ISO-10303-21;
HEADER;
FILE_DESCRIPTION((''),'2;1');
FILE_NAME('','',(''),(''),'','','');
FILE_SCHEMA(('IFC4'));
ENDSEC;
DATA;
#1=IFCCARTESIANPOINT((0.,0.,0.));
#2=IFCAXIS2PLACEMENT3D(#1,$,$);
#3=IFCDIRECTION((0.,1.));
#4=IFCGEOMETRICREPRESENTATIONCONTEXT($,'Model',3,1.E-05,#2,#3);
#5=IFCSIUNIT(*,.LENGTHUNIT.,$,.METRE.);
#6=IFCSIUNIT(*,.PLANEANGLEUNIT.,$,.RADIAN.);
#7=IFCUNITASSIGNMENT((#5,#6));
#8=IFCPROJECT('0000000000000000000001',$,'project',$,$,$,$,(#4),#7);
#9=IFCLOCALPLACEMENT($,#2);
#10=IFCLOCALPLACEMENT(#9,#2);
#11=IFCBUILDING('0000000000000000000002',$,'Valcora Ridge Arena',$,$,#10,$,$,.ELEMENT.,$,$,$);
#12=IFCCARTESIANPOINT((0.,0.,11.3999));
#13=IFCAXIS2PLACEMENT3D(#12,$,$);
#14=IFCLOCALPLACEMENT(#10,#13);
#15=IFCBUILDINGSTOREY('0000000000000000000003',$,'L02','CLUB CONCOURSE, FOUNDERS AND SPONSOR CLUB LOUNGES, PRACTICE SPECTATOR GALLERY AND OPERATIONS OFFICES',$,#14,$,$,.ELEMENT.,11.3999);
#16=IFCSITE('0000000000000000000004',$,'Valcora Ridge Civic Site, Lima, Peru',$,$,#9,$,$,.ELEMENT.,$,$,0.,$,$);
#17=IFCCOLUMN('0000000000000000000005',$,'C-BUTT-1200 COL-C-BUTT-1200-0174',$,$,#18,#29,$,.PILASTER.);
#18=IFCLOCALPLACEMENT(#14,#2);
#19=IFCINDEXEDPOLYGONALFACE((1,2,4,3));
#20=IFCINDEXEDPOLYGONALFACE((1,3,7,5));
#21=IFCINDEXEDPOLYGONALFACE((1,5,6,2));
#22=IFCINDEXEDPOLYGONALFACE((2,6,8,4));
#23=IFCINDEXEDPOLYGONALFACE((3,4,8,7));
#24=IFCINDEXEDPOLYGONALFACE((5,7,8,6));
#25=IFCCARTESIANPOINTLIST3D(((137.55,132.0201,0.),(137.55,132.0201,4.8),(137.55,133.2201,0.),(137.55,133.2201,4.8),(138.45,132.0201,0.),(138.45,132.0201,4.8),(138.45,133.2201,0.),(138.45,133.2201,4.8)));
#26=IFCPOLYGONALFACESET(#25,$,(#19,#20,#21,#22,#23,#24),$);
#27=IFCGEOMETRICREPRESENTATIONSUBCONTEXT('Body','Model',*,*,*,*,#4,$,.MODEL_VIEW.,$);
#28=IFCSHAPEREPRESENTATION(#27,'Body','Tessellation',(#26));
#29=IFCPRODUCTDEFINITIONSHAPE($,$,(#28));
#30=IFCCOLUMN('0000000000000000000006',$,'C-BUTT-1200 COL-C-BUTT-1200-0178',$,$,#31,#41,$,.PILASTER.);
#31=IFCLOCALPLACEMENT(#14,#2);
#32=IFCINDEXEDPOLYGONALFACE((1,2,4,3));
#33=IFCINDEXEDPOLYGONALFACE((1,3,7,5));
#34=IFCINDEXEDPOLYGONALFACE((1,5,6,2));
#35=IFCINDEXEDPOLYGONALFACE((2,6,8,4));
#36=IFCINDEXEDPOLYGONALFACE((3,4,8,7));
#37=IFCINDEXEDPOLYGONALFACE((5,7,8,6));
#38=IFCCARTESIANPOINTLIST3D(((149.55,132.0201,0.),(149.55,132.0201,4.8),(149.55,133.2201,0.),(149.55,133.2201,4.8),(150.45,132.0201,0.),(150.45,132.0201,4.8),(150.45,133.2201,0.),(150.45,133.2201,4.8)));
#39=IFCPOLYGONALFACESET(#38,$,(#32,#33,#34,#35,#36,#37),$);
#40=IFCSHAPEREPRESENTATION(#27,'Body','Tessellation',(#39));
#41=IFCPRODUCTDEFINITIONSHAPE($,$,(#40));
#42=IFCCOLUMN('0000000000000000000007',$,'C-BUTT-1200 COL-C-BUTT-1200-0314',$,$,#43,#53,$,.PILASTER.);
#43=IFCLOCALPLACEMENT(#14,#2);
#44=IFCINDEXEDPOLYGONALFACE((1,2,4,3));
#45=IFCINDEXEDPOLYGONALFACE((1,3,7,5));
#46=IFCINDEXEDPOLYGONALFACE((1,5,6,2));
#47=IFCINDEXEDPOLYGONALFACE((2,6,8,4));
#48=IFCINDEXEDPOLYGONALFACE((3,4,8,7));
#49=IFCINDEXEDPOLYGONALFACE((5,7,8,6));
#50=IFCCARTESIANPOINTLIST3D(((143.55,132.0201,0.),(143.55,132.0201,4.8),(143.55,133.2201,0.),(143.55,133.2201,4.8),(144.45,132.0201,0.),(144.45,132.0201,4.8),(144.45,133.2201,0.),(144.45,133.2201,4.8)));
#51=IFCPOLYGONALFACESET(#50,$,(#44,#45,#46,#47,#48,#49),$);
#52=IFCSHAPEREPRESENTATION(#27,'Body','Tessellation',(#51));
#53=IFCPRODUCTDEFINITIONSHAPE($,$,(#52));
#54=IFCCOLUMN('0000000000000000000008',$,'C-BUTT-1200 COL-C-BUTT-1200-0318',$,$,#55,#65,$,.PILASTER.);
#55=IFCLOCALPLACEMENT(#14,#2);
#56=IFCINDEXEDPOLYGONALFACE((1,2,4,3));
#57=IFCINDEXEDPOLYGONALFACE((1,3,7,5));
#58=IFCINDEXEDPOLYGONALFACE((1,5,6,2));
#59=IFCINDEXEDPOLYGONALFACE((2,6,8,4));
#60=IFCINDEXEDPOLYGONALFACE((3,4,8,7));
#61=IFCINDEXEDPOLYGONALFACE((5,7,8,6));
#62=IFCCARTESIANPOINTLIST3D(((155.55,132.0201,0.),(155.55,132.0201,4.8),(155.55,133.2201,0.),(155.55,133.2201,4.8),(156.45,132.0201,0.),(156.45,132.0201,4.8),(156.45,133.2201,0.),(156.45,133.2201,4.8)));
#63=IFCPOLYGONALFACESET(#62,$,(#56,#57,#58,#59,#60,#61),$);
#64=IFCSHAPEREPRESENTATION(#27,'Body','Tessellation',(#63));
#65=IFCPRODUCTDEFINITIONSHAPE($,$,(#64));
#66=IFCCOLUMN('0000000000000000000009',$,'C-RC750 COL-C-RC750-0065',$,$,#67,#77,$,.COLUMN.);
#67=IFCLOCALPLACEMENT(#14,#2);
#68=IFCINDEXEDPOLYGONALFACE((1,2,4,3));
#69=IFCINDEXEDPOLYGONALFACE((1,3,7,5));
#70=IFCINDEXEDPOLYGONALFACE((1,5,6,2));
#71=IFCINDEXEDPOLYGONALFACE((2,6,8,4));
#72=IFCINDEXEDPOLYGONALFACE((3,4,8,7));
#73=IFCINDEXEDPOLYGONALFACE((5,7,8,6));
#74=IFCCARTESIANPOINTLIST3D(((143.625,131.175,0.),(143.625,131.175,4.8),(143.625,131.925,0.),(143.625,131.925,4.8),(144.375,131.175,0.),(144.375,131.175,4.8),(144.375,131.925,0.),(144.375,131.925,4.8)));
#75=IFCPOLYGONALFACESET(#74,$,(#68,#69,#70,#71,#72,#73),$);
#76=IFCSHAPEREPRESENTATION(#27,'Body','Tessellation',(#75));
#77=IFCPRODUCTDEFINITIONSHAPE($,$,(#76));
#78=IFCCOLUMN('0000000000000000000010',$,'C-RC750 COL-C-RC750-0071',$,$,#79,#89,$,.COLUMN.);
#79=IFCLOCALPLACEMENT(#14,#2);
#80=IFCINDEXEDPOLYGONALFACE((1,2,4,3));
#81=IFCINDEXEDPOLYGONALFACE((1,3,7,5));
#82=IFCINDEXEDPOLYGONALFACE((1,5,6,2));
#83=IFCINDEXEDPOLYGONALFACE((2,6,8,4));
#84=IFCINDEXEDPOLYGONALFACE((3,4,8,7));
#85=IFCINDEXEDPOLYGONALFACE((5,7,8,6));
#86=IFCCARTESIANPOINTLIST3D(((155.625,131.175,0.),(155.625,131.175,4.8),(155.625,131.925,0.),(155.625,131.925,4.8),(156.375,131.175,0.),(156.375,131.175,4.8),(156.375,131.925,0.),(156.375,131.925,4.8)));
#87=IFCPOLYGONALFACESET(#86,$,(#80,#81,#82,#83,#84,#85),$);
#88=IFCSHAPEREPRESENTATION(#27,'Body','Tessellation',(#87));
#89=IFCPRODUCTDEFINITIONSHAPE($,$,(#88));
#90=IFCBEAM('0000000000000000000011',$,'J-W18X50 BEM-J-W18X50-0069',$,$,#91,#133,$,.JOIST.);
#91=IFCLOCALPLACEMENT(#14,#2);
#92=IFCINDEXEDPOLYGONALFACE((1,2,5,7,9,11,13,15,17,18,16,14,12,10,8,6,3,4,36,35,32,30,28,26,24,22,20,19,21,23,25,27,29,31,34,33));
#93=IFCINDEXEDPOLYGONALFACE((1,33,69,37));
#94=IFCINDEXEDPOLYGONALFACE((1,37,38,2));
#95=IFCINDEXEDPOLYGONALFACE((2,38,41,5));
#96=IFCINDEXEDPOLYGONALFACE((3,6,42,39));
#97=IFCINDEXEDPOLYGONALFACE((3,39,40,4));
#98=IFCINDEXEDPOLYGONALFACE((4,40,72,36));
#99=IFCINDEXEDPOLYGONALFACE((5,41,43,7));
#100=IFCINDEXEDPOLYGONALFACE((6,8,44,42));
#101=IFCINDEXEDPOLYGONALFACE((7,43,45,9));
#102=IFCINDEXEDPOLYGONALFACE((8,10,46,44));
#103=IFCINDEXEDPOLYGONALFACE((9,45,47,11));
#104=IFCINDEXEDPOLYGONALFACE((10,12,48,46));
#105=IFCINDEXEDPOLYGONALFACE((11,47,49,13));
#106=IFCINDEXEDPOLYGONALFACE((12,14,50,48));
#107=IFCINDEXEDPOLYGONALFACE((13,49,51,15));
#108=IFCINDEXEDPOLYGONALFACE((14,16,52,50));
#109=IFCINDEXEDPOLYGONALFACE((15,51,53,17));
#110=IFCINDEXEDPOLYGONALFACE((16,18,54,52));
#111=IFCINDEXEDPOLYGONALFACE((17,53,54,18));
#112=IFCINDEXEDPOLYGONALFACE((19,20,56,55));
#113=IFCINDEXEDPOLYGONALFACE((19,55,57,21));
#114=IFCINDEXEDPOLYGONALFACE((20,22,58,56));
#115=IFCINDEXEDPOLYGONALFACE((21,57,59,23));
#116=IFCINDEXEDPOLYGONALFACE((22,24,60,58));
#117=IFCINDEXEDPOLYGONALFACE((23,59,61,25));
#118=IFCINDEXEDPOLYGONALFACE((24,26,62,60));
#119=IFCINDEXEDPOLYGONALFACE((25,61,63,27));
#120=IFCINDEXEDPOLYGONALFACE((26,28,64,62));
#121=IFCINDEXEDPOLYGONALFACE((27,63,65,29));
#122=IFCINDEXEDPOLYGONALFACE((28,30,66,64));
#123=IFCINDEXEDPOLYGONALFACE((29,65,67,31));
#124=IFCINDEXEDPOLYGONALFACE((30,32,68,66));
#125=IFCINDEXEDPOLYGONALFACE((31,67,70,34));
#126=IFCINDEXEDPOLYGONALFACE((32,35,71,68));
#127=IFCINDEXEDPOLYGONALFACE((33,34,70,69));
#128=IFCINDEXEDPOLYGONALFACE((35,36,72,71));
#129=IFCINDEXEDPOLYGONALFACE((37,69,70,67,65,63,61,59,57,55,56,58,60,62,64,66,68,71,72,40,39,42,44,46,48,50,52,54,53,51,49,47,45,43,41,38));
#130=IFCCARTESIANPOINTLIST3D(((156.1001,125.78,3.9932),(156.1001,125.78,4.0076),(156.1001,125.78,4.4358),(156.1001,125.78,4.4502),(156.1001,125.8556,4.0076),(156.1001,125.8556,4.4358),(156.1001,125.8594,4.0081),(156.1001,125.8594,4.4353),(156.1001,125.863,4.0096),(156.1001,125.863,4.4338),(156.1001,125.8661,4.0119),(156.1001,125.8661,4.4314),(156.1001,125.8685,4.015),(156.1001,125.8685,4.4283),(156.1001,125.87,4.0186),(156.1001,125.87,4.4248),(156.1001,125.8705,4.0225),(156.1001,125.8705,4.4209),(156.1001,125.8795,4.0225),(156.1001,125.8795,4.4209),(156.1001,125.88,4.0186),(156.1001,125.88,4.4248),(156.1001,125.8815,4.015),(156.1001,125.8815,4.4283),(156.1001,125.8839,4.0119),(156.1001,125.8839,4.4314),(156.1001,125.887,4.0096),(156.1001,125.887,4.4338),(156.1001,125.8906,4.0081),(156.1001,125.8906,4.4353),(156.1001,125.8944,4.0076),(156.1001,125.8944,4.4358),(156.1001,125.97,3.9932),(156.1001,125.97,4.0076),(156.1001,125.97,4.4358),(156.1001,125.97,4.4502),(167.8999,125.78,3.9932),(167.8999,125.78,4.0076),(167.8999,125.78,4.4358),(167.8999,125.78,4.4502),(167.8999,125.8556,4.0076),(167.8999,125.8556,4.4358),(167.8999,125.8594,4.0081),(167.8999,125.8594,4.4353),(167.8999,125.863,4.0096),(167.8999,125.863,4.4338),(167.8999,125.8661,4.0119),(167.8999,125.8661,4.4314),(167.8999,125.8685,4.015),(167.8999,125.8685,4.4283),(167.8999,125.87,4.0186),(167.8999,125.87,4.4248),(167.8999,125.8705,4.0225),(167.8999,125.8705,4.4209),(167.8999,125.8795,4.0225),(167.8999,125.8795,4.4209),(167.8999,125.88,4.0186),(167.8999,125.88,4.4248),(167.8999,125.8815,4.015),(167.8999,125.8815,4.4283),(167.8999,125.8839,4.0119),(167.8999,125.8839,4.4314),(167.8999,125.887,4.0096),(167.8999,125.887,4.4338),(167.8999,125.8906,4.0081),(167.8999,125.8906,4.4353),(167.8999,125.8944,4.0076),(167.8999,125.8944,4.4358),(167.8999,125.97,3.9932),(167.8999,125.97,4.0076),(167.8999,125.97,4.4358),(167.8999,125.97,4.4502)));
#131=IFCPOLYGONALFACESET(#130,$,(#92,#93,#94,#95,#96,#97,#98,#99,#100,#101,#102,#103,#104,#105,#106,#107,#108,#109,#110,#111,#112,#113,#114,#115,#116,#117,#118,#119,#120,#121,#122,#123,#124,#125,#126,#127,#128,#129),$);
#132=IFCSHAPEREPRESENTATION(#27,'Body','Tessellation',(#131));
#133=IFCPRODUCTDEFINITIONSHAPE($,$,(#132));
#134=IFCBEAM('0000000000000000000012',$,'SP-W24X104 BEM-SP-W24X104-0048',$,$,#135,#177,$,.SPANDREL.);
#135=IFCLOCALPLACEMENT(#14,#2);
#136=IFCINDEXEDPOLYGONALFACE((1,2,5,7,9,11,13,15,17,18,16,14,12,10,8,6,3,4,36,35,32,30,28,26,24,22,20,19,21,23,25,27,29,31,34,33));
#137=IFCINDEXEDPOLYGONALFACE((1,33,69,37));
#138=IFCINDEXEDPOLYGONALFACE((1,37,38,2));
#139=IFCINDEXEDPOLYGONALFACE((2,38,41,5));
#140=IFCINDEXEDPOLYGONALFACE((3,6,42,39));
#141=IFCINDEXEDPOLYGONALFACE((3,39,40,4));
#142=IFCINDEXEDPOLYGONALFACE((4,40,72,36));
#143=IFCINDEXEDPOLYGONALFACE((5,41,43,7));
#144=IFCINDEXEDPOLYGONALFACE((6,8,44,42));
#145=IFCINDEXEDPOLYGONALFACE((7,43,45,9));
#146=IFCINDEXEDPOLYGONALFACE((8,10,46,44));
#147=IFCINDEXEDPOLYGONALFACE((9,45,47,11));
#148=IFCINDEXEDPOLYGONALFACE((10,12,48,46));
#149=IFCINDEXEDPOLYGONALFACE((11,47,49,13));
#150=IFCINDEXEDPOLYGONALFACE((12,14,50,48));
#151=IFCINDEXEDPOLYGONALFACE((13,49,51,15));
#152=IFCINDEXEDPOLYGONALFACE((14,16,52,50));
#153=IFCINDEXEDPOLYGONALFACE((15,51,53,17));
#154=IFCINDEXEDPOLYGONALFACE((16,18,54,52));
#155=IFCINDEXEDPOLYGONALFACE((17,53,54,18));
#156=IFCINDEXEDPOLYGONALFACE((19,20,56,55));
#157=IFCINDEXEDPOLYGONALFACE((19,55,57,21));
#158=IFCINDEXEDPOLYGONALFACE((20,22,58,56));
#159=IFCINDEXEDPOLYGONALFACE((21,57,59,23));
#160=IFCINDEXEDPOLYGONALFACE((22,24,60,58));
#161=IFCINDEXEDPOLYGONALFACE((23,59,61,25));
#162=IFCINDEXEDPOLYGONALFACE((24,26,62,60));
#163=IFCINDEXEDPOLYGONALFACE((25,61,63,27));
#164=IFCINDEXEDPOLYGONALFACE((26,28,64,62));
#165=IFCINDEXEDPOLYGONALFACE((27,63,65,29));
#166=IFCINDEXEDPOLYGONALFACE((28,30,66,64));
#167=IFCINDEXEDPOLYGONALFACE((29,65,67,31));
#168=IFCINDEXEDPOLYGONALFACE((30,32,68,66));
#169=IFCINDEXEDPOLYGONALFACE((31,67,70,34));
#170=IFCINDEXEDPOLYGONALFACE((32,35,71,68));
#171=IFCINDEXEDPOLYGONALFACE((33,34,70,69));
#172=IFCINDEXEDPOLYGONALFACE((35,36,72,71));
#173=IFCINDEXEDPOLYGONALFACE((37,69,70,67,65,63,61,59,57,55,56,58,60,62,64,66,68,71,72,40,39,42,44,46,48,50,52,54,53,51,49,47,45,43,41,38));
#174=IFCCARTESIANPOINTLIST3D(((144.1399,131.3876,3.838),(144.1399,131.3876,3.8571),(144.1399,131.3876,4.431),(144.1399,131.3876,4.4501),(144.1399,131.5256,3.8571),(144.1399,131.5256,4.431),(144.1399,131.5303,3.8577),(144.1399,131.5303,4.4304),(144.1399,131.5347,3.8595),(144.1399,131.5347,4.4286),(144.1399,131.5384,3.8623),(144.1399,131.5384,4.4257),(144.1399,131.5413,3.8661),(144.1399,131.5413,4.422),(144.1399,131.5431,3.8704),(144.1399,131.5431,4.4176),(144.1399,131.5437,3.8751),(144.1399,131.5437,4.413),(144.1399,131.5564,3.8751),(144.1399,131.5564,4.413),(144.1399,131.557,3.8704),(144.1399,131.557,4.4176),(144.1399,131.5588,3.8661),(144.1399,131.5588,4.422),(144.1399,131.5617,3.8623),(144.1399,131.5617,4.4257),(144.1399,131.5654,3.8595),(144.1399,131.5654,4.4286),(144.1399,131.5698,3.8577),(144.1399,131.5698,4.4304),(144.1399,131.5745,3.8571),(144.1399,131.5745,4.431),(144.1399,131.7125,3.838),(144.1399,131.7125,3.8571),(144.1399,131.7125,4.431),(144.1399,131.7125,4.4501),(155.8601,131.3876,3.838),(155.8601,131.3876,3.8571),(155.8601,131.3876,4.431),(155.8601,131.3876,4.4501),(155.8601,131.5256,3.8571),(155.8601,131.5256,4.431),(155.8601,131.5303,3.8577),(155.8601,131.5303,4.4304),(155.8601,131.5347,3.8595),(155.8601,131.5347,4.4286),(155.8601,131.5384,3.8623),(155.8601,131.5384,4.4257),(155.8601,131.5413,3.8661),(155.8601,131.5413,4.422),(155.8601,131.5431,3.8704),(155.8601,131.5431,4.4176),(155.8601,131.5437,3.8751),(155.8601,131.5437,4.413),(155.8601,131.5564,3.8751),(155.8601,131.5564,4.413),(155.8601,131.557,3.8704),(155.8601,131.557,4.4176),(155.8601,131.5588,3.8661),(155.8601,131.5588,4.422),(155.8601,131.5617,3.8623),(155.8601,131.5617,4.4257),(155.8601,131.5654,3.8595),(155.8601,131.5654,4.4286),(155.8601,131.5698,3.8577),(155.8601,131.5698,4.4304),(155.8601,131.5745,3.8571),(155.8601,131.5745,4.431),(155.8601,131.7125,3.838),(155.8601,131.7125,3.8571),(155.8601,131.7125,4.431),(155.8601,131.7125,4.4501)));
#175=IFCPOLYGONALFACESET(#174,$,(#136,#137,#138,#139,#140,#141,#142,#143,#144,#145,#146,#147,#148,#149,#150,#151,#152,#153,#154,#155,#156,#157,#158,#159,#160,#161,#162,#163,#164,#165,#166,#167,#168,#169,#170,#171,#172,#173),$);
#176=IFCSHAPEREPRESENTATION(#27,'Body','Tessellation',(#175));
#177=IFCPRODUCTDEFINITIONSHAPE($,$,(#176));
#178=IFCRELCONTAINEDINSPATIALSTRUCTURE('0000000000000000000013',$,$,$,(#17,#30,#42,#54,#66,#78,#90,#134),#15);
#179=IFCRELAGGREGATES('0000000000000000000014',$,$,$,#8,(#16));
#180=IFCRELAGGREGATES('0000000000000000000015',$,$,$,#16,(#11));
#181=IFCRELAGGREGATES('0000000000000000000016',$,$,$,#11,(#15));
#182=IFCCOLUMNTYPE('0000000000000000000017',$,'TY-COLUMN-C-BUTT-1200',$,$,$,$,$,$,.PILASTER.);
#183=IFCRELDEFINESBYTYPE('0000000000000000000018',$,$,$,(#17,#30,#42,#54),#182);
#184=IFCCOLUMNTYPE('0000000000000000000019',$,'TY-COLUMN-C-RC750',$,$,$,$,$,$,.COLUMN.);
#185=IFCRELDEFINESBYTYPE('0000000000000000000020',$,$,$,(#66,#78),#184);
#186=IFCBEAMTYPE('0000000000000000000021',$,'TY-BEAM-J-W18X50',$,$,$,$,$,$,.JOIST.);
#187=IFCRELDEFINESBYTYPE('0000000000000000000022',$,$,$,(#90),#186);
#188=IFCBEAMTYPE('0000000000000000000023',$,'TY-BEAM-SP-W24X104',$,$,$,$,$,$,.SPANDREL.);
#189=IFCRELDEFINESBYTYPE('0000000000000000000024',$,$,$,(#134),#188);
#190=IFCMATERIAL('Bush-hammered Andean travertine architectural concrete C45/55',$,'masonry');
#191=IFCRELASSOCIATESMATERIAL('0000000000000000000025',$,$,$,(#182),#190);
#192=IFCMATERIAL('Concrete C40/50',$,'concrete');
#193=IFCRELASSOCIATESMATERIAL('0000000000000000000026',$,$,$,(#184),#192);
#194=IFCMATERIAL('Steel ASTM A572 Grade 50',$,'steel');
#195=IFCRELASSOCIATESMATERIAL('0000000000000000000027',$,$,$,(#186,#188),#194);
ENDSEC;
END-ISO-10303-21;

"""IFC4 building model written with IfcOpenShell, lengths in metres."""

from ifc_helpers import new_model, si_unit, direction, frame, origin, origin_2d, place, context, subcontext, project, spatial, rectangle, i_section, extrude, material, material_profile, profile_set, type_object, element, save


model = new_model("IFC4")

# Units and contexts
model_context = context("Model", 3, precision=1e-05, world=origin(), true_north=direction((0.0, 1.0)))
body_context = subcontext(model_context, "Body", "Model", "MODEL_VIEW")
ifc_project = project(units=[si_unit("LENGTHUNIT", "METRE"), si_unit("PLANEANGLEUNIT", "RADIAN")], contexts=[model_context])

# Site, building, storey
site_placement = place(None, origin())
site = spatial("IfcSite", under=ifc_project, at=site_placement, Name="Valcora Ridge Civic Site, Lima, Peru", CompositionType="ELEMENT", RefElevation=0.0)
building_placement = place(site_placement, origin())
building = spatial("IfcBuilding", under=site, at=building_placement, Name="Valcora Ridge Arena", CompositionType="ELEMENT")
storey_placement = place(building_placement, frame((0.0, 0.0, 11.3999)))
storey = spatial("IfcBuildingStorey", under=building, at=storey_placement, Name="L02", Description="CLUB CONCOURSE, FOUNDERS AND SPONSOR CLUB LOUNGES, PRACTICE SPECTATOR GALLERY AND OPERATIONS OFFICES", CompositionType="ELEMENT", Elevation=11.3999)

# Columns
ifc_material_1 = material(Name="Bush-hammered Andean travertine architectural concrete C45/55", Category="masonry")
ifc_material_profile_1 = material_profile(ifc_material_1, rectangle(XDim=0.8999, YDim=1.2, at=origin_2d()), Name="RC 900x1200")
ifc_profile_set_1 = profile_set([ifc_material_profile_1], Name="Bush-hammered Andean travertine architectural concrete C45/55")
column_type_1 = type_object("IfcColumnType", Name="TY-COLUMN-C-BUTT-1200", PredefinedType="PILASTER", material=ifc_profile_set_1)
for number, where, z_axis, x_axis, name in (
    (1, (138.0, 132.6201, 0.0), (0.0, 0.0, 1.0), (1.0, 0.0, 0.0), "C-BUTT-1200 COL-C-BUTT-1200-0174"),
    (2, (150.0, 132.6201, 0.0), (0.0, 0.0, 1.0), (1.0, 0.0, 0.0), "C-BUTT-1200 COL-C-BUTT-1200-0178"),
    (3, (144.0, 132.6201, 0.0), (0.0, 0.0, 1.0), (1.0, 0.0, 0.0), "C-BUTT-1200 COL-C-BUTT-1200-0314"),
    (4, (156.0, 132.6201, 0.0), (0.0, 0.0, 1.0), (1.0, 0.0, 0.0), "C-BUTT-1200 COL-C-BUTT-1200-0318"),
):
    element("IfcColumn", number, at=place(storey_placement, frame(where, z_axis=z_axis, x_axis=x_axis)), inside=storey, type_object=column_type_1, Name=name, PredefinedType="PILASTER", context=body_context, shape_type="SweptSolid", body=[
        extrude(rectangle(XDim=0.8999, YDim=1.2, at=origin_2d()), origin(), (0.0, 0.0, 1.0), 4.8),
    ])
ifc_material_2 = material(Name="Concrete C40/50", Category="concrete")
ifc_material_profile_2 = material_profile(ifc_material_2, rectangle(XDim=0.75, YDim=0.75, at=origin_2d()), Name="RC 750x750")
ifc_profile_set_2 = profile_set([ifc_material_profile_2], Name="Concrete C40/50")
column_type_2 = type_object("IfcColumnType", Name="TY-COLUMN-C-RC750", PredefinedType="COLUMN", material=ifc_profile_set_2)
for number, where, z_axis, x_axis, name in (
    (5, (144.0, 131.55, 0.0), (0.0, 0.0, 1.0), (1.0, 0.0, 0.0), "C-RC750 COL-C-RC750-0065"),
    (6, (156.0, 131.55, 0.0), (0.0, 0.0, 1.0), (1.0, 0.0, 0.0), "C-RC750 COL-C-RC750-0071"),
):
    element("IfcColumn", number, at=place(storey_placement, frame(where, z_axis=z_axis, x_axis=x_axis)), inside=storey, type_object=column_type_2, Name=name, PredefinedType="COLUMN", context=body_context, shape_type="SweptSolid", body=[
        extrude(rectangle(XDim=0.75, YDim=0.75, at=origin_2d()), origin(), (0.0, 0.0, 1.0), 4.8),
    ])

# Beams
ifc_material_3 = material(Name="Steel ASTM A572 Grade 50", Category="steel")
ifc_material_profile_3 = material_profile(ifc_material_3, i_section(OverallWidth=0.1899, OverallDepth=0.457, WebThickness=0.009, FlangeThickness=0.0144, FilletRadius=0.0149, at=origin_2d()), Name="W18X50")
ifc_profile_set_3 = profile_set([ifc_material_profile_3], Name="Steel ASTM A572 Grade 50")
beam_type_1 = type_object("IfcBeamType", Name="TY-BEAM-J-W18X50", PredefinedType="JOIST", material=ifc_profile_set_3)
beam_placement = place(storey_placement, frame((156.1001, 125.875, 4.2217), z_axis=(1.0, 0.0, 0.0), x_axis=(0.0, 1.0, 0.0)))
element("IfcBeam", 7, at=beam_placement, inside=storey, type_object=beam_type_1, Name="J-W18X50 BEM-J-W18X50-0069", PredefinedType="JOIST", context=body_context, shape_type="SweptSolid", body=[
    extrude(i_section(OverallWidth=0.1899, OverallDepth=0.457, WebThickness=0.009, FlangeThickness=0.0144, FilletRadius=0.0149, at=origin_2d()), origin(), (0.0, 0.0, 1.0), 11.7998),
])
ifc_material_profile_4 = material_profile(ifc_material_3, i_section(OverallWidth=0.325, OverallDepth=0.6121, WebThickness=0.0127, FlangeThickness=0.019, FilletRadius=0.0181, at=origin_2d()), Name="W24X104")
ifc_profile_set_4 = profile_set([ifc_material_profile_4], Name="Steel ASTM A572 Grade 50")
beam_type_2 = type_object("IfcBeamType", Name="TY-BEAM-SP-W24X104", PredefinedType="SPANDREL", material=ifc_profile_set_4)
for number, where, z_axis, x_axis, name in (
    (8, (144.1399, 131.55, 4.144), (1.0, 0.0, 0.0), (0.0, 1.0, 0.0), "SP-W24X104 BEM-SP-W24X104-0048"),
):
    element("IfcBeam", number, at=place(storey_placement, frame(where, z_axis=z_axis, x_axis=x_axis)), inside=storey, type_object=beam_type_2, Name=name, PredefinedType="SPANDREL", context=body_context, shape_type="SweptSolid", body=[
        extrude(i_section(OverallWidth=0.325, OverallDepth=0.6121, WebThickness=0.0127, FlangeThickness=0.019, FilletRadius=0.0181, at=origin_2d()), origin(), (0.0, 0.0, 1.0), 11.7202),
    ])

save(model, "model.ifc")
